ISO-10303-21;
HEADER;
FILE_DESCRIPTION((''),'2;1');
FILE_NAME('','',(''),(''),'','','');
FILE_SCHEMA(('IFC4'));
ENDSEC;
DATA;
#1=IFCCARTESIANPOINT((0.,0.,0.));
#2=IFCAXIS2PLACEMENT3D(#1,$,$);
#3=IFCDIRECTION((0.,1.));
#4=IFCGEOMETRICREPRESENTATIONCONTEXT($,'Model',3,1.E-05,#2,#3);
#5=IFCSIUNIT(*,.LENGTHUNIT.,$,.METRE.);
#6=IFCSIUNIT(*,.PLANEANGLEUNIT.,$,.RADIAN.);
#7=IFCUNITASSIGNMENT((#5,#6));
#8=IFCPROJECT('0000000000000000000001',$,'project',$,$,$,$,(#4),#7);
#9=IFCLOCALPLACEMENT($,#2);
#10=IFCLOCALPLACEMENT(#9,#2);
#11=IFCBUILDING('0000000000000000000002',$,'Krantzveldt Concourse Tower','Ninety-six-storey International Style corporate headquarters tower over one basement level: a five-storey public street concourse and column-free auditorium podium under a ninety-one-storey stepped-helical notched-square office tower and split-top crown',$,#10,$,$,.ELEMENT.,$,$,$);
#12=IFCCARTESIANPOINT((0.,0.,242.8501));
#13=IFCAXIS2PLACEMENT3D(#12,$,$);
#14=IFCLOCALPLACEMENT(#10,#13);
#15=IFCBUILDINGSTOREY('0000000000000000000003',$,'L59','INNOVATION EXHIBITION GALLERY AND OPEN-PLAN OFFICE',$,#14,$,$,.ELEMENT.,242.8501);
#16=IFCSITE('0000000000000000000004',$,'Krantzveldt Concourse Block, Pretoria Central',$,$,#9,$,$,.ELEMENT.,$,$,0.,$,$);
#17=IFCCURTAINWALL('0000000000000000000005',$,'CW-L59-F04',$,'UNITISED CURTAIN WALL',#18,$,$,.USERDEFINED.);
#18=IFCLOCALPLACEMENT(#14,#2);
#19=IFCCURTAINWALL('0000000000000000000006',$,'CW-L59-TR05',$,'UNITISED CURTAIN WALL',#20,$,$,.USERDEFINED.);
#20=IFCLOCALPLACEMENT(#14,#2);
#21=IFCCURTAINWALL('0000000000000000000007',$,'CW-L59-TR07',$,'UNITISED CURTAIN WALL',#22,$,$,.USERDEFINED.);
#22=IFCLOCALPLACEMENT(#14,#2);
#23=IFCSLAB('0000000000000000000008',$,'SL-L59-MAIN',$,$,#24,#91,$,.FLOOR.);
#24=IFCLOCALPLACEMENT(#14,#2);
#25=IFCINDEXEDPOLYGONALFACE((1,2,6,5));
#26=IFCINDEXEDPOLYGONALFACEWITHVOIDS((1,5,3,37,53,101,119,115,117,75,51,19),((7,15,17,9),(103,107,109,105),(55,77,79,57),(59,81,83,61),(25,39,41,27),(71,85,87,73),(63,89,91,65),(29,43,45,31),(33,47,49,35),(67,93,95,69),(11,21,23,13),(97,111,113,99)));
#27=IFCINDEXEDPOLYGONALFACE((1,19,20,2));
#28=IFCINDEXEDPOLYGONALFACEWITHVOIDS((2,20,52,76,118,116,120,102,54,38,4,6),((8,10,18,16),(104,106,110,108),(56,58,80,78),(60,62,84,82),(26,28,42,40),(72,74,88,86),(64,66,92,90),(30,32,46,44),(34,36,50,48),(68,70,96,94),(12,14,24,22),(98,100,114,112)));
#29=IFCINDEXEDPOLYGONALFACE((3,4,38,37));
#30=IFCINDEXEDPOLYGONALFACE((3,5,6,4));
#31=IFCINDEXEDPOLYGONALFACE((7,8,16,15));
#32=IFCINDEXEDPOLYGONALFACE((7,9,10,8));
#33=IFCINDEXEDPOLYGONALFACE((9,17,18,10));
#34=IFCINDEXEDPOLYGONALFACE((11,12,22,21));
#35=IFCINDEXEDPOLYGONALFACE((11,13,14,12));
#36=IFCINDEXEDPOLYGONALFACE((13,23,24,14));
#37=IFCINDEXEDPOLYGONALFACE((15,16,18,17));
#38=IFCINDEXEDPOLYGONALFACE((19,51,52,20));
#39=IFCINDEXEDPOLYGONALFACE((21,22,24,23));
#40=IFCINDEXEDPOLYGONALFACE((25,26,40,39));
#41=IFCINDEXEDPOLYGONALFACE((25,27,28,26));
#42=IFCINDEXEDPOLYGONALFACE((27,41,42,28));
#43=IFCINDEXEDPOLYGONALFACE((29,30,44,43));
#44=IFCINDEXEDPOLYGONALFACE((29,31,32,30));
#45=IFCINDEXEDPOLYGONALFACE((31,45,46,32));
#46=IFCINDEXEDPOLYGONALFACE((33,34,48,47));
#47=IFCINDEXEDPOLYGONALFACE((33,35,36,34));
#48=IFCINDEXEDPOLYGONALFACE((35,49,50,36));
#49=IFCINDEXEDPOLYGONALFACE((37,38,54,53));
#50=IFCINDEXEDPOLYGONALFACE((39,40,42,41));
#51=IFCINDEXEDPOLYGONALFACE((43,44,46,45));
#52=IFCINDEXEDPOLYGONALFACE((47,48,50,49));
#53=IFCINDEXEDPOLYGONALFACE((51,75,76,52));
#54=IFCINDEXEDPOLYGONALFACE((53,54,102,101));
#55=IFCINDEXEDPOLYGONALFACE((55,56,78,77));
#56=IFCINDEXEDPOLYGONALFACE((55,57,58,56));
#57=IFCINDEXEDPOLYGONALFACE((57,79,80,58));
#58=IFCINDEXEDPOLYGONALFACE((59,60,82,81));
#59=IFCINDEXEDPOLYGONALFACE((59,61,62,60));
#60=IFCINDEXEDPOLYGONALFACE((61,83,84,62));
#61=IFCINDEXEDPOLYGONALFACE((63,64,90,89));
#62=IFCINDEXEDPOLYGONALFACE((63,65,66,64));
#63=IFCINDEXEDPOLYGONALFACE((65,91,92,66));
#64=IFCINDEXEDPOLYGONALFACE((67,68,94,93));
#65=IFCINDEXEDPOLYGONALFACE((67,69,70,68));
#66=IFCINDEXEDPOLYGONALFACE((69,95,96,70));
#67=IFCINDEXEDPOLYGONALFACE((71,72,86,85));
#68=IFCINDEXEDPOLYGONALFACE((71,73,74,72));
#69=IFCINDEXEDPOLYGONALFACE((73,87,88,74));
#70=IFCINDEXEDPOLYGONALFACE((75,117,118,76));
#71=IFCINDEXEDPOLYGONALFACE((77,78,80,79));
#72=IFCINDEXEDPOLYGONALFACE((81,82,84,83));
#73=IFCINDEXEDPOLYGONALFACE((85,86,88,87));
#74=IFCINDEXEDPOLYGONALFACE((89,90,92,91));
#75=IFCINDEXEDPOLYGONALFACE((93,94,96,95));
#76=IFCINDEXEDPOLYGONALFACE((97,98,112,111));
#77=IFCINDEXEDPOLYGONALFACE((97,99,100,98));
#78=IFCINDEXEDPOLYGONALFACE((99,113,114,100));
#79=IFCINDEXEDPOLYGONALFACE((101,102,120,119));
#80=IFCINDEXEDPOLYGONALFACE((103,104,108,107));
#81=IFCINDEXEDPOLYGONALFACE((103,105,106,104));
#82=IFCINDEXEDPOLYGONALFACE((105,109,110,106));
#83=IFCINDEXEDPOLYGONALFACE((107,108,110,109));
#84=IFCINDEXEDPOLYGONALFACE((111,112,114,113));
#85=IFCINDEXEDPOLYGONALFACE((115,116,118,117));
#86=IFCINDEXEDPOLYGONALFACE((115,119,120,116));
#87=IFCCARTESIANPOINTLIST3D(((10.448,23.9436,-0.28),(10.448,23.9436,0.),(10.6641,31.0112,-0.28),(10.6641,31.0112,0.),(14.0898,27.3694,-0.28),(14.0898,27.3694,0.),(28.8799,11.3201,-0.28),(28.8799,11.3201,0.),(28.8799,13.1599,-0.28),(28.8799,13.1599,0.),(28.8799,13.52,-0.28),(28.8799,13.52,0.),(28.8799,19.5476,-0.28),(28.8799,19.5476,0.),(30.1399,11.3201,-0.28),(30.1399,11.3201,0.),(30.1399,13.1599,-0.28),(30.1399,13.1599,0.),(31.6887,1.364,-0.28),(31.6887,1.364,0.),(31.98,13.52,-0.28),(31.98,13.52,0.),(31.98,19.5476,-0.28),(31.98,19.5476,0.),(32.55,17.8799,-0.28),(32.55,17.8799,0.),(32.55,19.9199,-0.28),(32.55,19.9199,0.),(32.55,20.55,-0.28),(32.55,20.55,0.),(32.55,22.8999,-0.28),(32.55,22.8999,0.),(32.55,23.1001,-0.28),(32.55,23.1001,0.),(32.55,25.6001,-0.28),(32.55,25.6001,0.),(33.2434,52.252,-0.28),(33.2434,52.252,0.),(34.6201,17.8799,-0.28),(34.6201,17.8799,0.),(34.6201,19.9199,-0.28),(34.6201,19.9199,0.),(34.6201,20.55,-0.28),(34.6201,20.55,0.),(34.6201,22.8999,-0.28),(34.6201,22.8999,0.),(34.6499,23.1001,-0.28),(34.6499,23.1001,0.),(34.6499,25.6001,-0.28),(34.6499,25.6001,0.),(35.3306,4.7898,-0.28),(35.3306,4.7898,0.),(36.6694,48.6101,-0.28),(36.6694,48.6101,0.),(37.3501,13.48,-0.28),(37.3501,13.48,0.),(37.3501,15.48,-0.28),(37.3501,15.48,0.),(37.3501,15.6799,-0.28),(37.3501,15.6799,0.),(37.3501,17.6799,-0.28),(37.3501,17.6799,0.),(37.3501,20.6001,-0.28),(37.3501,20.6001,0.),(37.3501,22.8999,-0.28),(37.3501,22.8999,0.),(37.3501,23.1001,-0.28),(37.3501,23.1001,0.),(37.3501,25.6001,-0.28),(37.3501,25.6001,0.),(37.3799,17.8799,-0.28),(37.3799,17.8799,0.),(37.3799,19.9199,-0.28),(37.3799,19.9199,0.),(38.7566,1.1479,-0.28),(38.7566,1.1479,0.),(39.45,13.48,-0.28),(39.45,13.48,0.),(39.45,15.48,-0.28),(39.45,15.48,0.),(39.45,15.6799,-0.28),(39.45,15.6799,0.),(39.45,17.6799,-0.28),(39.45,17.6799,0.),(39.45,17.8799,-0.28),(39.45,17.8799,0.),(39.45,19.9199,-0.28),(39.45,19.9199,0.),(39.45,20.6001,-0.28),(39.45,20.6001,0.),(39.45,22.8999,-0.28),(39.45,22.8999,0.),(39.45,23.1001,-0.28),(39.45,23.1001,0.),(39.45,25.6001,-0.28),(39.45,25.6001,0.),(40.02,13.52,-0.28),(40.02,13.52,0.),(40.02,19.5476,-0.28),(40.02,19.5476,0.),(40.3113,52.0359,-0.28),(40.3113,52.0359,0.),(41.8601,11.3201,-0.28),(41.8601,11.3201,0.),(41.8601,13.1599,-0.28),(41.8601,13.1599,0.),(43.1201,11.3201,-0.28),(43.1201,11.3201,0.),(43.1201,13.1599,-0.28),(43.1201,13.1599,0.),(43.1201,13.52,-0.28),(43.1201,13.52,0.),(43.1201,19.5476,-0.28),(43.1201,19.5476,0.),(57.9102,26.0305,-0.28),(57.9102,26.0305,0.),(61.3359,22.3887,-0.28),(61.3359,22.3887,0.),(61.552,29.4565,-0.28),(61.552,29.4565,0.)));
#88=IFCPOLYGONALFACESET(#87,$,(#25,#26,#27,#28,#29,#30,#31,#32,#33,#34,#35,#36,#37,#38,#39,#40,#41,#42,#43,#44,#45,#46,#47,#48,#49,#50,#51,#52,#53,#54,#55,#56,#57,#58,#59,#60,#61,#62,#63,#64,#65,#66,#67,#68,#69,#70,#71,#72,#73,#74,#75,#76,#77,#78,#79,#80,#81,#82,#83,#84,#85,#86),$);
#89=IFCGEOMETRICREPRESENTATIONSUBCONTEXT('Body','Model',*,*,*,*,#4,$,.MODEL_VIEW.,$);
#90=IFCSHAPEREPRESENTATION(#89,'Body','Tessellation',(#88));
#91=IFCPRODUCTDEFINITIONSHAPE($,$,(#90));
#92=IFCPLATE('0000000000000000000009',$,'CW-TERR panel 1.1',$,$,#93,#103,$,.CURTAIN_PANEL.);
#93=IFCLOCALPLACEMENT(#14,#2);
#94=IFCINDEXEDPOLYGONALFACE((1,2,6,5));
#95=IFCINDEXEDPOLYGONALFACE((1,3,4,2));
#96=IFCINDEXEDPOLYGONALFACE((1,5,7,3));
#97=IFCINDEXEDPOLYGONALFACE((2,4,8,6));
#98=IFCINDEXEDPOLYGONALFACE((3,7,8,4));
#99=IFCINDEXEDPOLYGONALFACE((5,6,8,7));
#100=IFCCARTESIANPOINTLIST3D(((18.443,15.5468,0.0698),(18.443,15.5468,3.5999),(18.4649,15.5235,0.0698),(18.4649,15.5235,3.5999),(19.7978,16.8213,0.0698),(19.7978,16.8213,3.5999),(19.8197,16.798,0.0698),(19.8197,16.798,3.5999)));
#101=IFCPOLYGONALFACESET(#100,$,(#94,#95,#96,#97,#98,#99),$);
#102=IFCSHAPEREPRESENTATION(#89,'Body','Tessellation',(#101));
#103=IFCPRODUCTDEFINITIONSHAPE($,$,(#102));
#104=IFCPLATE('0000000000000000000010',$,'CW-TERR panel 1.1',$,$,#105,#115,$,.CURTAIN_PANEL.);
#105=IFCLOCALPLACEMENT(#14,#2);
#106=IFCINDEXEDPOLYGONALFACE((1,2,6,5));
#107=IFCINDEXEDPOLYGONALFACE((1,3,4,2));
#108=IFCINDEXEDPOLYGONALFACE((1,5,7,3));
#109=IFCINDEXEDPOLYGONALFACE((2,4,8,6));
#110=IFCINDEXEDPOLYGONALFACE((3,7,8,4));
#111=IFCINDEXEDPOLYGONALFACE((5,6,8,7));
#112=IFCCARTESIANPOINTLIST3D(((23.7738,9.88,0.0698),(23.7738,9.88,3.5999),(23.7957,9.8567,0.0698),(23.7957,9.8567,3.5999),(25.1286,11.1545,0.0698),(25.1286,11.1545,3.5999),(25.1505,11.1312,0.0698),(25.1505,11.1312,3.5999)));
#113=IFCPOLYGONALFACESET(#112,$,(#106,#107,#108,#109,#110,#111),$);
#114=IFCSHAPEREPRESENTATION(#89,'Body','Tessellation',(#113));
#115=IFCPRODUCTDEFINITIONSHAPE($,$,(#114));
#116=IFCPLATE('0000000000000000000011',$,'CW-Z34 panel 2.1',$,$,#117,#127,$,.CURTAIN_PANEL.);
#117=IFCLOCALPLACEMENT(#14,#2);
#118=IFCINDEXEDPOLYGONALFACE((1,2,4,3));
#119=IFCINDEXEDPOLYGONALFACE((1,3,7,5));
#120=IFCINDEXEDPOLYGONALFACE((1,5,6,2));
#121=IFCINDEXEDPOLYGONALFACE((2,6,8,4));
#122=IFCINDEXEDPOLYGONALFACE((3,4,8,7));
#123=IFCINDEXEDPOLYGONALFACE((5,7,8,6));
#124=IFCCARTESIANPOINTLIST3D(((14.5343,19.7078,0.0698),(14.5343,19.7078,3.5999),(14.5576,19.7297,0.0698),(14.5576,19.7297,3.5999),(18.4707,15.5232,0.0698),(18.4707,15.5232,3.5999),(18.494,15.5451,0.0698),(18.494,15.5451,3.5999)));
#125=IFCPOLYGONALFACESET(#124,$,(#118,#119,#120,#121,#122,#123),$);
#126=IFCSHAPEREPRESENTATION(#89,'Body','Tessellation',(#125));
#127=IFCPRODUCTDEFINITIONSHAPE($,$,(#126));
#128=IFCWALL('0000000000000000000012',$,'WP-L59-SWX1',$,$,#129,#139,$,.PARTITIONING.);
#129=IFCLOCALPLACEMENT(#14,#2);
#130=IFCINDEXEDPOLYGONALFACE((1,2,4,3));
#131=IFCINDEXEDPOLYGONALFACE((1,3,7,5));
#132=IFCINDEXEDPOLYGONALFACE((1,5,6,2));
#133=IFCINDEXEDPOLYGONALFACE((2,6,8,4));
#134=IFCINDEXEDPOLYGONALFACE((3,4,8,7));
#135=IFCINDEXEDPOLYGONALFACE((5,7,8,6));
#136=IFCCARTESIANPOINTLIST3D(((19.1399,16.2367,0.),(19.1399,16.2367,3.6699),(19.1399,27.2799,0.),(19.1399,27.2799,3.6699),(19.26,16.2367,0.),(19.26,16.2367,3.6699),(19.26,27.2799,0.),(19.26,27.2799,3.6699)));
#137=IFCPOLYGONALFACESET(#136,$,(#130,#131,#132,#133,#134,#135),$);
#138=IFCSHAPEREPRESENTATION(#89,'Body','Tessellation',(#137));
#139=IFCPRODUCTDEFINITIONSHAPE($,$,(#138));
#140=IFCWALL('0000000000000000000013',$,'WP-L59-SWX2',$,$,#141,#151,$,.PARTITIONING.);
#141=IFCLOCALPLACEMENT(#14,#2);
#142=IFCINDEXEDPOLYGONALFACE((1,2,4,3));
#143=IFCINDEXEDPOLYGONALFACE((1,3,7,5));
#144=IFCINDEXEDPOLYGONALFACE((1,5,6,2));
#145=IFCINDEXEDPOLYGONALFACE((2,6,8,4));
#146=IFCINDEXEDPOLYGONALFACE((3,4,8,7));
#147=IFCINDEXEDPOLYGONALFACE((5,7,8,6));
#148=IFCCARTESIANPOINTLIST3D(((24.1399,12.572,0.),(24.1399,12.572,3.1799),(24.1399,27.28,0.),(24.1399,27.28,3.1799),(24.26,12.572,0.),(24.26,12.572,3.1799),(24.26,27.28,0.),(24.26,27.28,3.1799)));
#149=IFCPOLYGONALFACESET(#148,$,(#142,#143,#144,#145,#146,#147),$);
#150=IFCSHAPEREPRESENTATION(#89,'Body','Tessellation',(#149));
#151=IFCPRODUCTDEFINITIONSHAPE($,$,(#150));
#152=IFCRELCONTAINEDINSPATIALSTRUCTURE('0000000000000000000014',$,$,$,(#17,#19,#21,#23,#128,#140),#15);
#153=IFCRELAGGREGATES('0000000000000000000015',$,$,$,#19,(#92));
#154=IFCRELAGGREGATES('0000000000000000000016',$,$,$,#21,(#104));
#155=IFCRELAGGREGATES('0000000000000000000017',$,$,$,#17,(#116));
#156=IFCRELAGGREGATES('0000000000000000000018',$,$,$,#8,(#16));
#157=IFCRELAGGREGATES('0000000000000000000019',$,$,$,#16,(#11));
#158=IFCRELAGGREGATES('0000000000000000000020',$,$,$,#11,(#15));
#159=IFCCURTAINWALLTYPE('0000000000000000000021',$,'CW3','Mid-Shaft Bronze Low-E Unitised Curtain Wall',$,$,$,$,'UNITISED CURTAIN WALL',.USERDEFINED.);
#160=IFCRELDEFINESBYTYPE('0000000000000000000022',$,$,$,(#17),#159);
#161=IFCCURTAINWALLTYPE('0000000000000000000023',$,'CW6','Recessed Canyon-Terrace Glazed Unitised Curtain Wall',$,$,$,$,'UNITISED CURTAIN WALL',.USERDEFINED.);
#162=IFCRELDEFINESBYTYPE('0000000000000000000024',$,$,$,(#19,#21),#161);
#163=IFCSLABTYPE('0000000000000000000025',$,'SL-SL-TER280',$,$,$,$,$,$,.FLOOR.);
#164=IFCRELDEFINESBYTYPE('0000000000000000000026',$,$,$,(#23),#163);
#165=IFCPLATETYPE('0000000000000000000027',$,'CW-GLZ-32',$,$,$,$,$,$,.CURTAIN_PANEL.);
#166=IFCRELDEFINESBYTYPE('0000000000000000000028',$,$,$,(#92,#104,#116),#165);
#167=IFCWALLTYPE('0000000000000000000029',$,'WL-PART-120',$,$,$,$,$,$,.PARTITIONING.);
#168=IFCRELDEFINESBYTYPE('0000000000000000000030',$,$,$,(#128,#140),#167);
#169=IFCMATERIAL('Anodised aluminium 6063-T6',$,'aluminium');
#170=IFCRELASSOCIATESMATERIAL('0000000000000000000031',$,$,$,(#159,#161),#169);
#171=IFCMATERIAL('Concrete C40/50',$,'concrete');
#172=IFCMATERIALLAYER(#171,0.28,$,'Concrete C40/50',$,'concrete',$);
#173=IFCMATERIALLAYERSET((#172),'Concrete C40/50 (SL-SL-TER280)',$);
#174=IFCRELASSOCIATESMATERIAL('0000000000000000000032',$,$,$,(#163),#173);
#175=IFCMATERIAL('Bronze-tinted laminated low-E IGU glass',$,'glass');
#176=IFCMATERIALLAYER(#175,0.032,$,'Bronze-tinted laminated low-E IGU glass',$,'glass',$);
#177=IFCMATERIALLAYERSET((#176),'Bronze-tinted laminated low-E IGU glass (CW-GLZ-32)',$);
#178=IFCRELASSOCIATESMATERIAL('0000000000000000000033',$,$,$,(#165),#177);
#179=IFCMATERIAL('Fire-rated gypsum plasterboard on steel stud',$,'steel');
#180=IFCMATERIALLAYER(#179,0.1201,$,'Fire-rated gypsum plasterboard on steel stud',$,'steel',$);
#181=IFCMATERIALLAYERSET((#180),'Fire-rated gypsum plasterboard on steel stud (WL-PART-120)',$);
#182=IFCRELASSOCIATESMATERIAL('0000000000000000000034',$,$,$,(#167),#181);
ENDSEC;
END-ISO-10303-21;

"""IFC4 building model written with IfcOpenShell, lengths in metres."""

from ifc_helpers import new_model, si_unit, direction, frame, frame_2d, origin, origin_2d, place, context, subcontext, project, spatial, polyline, rectangle, outline, extrude, source, transform, mapped, material, layer, layer_set, type_object, type_shapes, element, aggregate, save


model = new_model("IFC4")

# Units and contexts
model_context = context("Model", 3, precision=1e-05, world=origin(), true_north=direction((0.0, 1.0)))
body_context = subcontext(model_context, "Body", "Model", "MODEL_VIEW")
ifc_project = project(units=[si_unit("LENGTHUNIT", "METRE"), si_unit("PLANEANGLEUNIT", "RADIAN")], contexts=[model_context])

# Site, building, storey
site_placement = place(None, origin())
site = spatial("IfcSite", under=ifc_project, at=site_placement, Name="Krantzveldt Concourse Block, Pretoria Central", CompositionType="ELEMENT", RefElevation=0.0)
building_placement = place(site_placement, origin())
building = spatial("IfcBuilding", under=site, at=building_placement, Name="Krantzveldt Concourse Tower", Description="Ninety-six-storey International Style corporate headquarters tower over one basement level: a five-storey public street concourse and column-free auditorium podium under a ninety-one-storey stepped-helical notched-square office tower and split-top crown", CompositionType="ELEMENT")
storey_placement = place(building_placement, frame((0.0, 0.0, 242.8501)))
storey = spatial("IfcBuildingStorey", under=building, at=storey_placement, Name="L59", Description="INNOVATION EXHIBITION GALLERY AND OPEN-PLAN OFFICE", CompositionType="ELEMENT", Elevation=242.8501)

# Curtain walls
ifc_material_1 = material(Name="Anodised aluminium 6063-T6", Category="aluminium")
curtain_wall_type_1 = type_object("IfcCurtainWallType", Name="CW3", Description="Mid-Shaft Bronze Low-E Unitised Curtain Wall", ElementType="UNITISED CURTAIN WALL", PredefinedType="USERDEFINED", material=ifc_material_1)
curtain_wall_1_placement = place(storey_placement, origin())
curtain_wall_1 = element("IfcCurtainWall", 1, at=curtain_wall_1_placement, inside=storey, type_object=curtain_wall_type_1, Name="CW-L59-F04", ObjectType="UNITISED CURTAIN WALL", PredefinedType="USERDEFINED")
curtain_wall_type_2 = type_object("IfcCurtainWallType", Name="CW6", Description="Recessed Canyon-Terrace Glazed Unitised Curtain Wall", ElementType="UNITISED CURTAIN WALL", PredefinedType="USERDEFINED", material=ifc_material_1)
curtain_wall_2_placement = place(storey_placement, origin())
curtain_wall_2 = element("IfcCurtainWall", 2, at=curtain_wall_2_placement, inside=storey, type_object=curtain_wall_type_2, Name="CW-L59-TR05", ObjectType="UNITISED CURTAIN WALL", PredefinedType="USERDEFINED")

# Curtain wall
curtain_wall_3_placement = place(storey_placement, origin())
curtain_wall_3 = element("IfcCurtainWall", 3, at=curtain_wall_3_placement, inside=storey, type_object=curtain_wall_type_2, Name="CW-L59-TR07", ObjectType="UNITISED CURTAIN WALL", PredefinedType="USERDEFINED")

# Slab
ifc_material_2 = material(Name="Concrete C40/50", Category="concrete")
ifc_layer_1 = layer(ifc_material_2, 0.28, Name="Concrete C40/50", Category="concrete")
ifc_layer_set_1 = layer_set([ifc_layer_1], Name="Concrete C40/50 (SL-SL-TER280)")
slab_type_1 = type_object("IfcSlabType", Name="SL-SL-TER280", PredefinedType="FLOOR", material=ifc_layer_set_1)
slab_1_placement = place(storey_placement, frame((0.0, 0.0, -0.28)))
element("IfcSlab", 4, at=slab_1_placement, inside=storey, type_object=slab_type_1, Name="SL-L59-MAIN", PredefinedType="FLOOR", context=body_context, shape_type="SweptSolid", body=[
    extrude(outline(polyline([(36.6694, 48.6101), (33.2434, 52.252), (10.6641, 31.0112), (14.0898, 27.3694), (10.448, 23.9436), (31.6887, 1.364), (35.3306, 4.7898), (38.7566, 1.1479), (61.3359, 22.3887), (57.9102, 26.0305), (61.552, 29.4565), (40.3113, 52.0359), (36.6694, 48.6101)]), holes=[polyline([(28.8799, 19.5476), (28.8799, 13.52), (31.98, 13.52), (31.98, 19.5476), (28.8799, 19.5476)]), polyline([(40.02, 19.5476), (40.02, 13.52), (43.1201, 13.52), (43.1201, 19.5476), (40.02, 19.5476)]), polyline([(32.55, 23.1001), (34.6499, 23.1001), (34.6499, 25.6001), (32.55, 25.6001), (32.55, 23.1001)]), polyline([(37.3501, 23.1001), (39.45, 23.1001), (39.45, 25.6001), (37.3501, 25.6001), (37.3501, 23.1001)]), polyline([(37.3501, 20.6001), (39.45, 20.6001), (39.45, 22.8999), (37.3501, 22.8999), (37.3501, 20.6001)]), polyline([(37.3501, 13.48), (39.45, 13.48), (39.45, 15.48), (37.3501, 15.48), (37.3501, 13.48)]), polyline([(37.3501, 15.6799), (39.45, 15.6799), (39.45, 17.6799), (37.3501, 17.6799), (37.3501, 15.6799)]), polyline([(32.55, 20.55), (34.6201, 20.55), (34.6201, 22.8999), (32.55, 22.8999), (32.55, 20.55)]), polyline([(32.55, 17.8799), (34.6201, 17.8799), (34.6201, 19.9199), (32.55, 19.9199), (32.55, 17.8799)]), polyline([(37.3799, 17.8799), (39.45, 17.8799), (39.45, 19.9199), (37.3799, 19.9199), (37.3799, 17.8799)]), polyline([(28.8799, 11.3201), (30.1399, 11.3201), (30.1399, 13.1599), (28.8799, 13.1599), (28.8799, 11.3201)]), polyline([(41.8601, 11.3201), (43.1201, 11.3201), (43.1201, 13.1599), (41.8601, 13.1599), (41.8601, 11.3201)])]), origin(), (0.0, 0.0, 1.0), 0.28),
])

# Plates
ifc_material_3 = material(Name="Bronze-tinted laminated low-E IGU glass", Category="glass")
ifc_layer_2 = layer(ifc_material_3, 0.032, Name="Bronze-tinted laminated low-E IGU glass", Category="glass")
ifc_layer_set_2 = layer_set([ifc_layer_2], Name="Bronze-tinted laminated low-E IGU glass (CW-GLZ-32)")
plate_type = type_object("IfcPlateType", Name="CW-GLZ-32", PredefinedType="CURTAIN_PANEL", material=ifc_layer_set_2)
shared_shape_1 = source(origin(), body_context, "Body", "SweptSolid", [
    extrude(rectangle(XDim=1.8601, YDim=0.032, at=origin_2d()), origin(), (0.0, 0.0, 1.0), 3.53),
])
plate_1_placement = place(storey_placement, frame((19.1313, 16.1724, 0.0698), z_axis=(0.0, 0.0, 1.0), x_axis=(0.728372, 0.685182, 0.0)))
plate_1 = element("IfcPlate", 5, at=plate_1_placement, type_object=plate_type, Name="CW-TERR panel 1.1", PredefinedType="CURTAIN_PANEL", context=body_context, shape_type="MappedRepresentation", body=[
    mapped(shared_shape_1, transform((0.0, 0.0, 0.0), x_axis=(1.0, 0.0, 0.0), y_axis=(0.0, 1.0, 0.0), z_axis=(0.0, 0.0, 1.0), scale=1.0)),
])
aggregate(curtain_wall_2, [plate_1])
plate_2_placement = place(storey_placement, frame((24.4622, 10.5056, 0.0698), z_axis=(0.0, 0.0, 1.0), x_axis=(-0.728372, -0.685182, 0.0)))
plate_2 = element("IfcPlate", 6, at=plate_2_placement, type_object=plate_type, Name="CW-TERR panel 1.1", PredefinedType="CURTAIN_PANEL", context=body_context, shape_type="MappedRepresentation", body=[
    mapped(shared_shape_1, transform((0.0, 0.0, 0.0), x_axis=(1.0, 0.0, 0.0), y_axis=(0.0, 1.0, 0.0), z_axis=(0.0, 0.0, 1.0), scale=1.0)),
])
aggregate(curtain_wall_3, [plate_2])
shared_shape_2 = source(origin(), body_context, "Body", "SweptSolid", [
    extrude(rectangle(XDim=5.7451, YDim=0.032, at=origin_2d()), origin(), (0.0, 0.0, 1.0), 3.53),
])
type_shapes(plate_type, [shared_shape_1, shared_shape_2])
plate_3_placement = place(storey_placement, frame((16.5142, 17.6265, 0.0698), z_axis=(0.0, 0.0, 1.0), x_axis=(0.685183, -0.728371, 0.0)))
plate_3 = element("IfcPlate", 7, at=plate_3_placement, type_object=plate_type, Name="CW-Z34 panel 2.1", PredefinedType="CURTAIN_PANEL", context=body_context, shape_type="MappedRepresentation", body=[
    mapped(shared_shape_2, transform((0.0, 0.0, 0.0), x_axis=(1.0, 0.0, 0.0), y_axis=(0.0, 1.0, 0.0), z_axis=(0.0, 0.0, 1.0), scale=1.0)),
])
aggregate(curtain_wall_1, [plate_3])

# Walls
ifc_material_4 = material(Name="Fire-rated gypsum plasterboard on steel stud", Category="steel")
ifc_layer_3 = layer(ifc_material_4, 0.1201, Name="Fire-rated gypsum plasterboard on steel stud", Category="steel")
ifc_layer_set_3 = layer_set([ifc_layer_3], Name="Fire-rated gypsum plasterboard on steel stud (WL-PART-120)")
wall_type = type_object("IfcWallType", Name="WL-PART-120", PredefinedType="PARTITIONING", material=ifc_layer_set_3)
wall_1_placement = place(storey_placement, frame((19.2, 16.2368, 0.0), z_axis=(0.0, 0.0, 1.0), x_axis=(0.0, 1.0, 0.0)))
element("IfcWall", 8, at=wall_1_placement, inside=storey, type_object=wall_type, Name="WP-L59-SWX1", PredefinedType="PARTITIONING", context=body_context, shape_type="SweptSolid", body=[
    extrude(rectangle(XDim=11.0432, YDim=0.1201, at=frame_2d((5.5215, 0.0))), origin(), (0.0, 0.0, 1.0), 3.6699),
])
wall_2_placement = place(storey_placement, frame((24.2, 12.572, 0.0), z_axis=(0.0, 0.0, 1.0), x_axis=(0.0, 1.0, 0.0)))
element("IfcWall", 9, at=wall_2_placement, inside=storey, type_object=wall_type, Name="WP-L59-SWX2", PredefinedType="PARTITIONING", context=body_context, shape_type="SweptSolid", body=[
    extrude(rectangle(XDim=14.708, YDim=0.1201, at=frame_2d((7.354, 0.0))), origin(), (0.0, 0.0, 1.0), 3.1799),
])

save(model, "model.ifc")
